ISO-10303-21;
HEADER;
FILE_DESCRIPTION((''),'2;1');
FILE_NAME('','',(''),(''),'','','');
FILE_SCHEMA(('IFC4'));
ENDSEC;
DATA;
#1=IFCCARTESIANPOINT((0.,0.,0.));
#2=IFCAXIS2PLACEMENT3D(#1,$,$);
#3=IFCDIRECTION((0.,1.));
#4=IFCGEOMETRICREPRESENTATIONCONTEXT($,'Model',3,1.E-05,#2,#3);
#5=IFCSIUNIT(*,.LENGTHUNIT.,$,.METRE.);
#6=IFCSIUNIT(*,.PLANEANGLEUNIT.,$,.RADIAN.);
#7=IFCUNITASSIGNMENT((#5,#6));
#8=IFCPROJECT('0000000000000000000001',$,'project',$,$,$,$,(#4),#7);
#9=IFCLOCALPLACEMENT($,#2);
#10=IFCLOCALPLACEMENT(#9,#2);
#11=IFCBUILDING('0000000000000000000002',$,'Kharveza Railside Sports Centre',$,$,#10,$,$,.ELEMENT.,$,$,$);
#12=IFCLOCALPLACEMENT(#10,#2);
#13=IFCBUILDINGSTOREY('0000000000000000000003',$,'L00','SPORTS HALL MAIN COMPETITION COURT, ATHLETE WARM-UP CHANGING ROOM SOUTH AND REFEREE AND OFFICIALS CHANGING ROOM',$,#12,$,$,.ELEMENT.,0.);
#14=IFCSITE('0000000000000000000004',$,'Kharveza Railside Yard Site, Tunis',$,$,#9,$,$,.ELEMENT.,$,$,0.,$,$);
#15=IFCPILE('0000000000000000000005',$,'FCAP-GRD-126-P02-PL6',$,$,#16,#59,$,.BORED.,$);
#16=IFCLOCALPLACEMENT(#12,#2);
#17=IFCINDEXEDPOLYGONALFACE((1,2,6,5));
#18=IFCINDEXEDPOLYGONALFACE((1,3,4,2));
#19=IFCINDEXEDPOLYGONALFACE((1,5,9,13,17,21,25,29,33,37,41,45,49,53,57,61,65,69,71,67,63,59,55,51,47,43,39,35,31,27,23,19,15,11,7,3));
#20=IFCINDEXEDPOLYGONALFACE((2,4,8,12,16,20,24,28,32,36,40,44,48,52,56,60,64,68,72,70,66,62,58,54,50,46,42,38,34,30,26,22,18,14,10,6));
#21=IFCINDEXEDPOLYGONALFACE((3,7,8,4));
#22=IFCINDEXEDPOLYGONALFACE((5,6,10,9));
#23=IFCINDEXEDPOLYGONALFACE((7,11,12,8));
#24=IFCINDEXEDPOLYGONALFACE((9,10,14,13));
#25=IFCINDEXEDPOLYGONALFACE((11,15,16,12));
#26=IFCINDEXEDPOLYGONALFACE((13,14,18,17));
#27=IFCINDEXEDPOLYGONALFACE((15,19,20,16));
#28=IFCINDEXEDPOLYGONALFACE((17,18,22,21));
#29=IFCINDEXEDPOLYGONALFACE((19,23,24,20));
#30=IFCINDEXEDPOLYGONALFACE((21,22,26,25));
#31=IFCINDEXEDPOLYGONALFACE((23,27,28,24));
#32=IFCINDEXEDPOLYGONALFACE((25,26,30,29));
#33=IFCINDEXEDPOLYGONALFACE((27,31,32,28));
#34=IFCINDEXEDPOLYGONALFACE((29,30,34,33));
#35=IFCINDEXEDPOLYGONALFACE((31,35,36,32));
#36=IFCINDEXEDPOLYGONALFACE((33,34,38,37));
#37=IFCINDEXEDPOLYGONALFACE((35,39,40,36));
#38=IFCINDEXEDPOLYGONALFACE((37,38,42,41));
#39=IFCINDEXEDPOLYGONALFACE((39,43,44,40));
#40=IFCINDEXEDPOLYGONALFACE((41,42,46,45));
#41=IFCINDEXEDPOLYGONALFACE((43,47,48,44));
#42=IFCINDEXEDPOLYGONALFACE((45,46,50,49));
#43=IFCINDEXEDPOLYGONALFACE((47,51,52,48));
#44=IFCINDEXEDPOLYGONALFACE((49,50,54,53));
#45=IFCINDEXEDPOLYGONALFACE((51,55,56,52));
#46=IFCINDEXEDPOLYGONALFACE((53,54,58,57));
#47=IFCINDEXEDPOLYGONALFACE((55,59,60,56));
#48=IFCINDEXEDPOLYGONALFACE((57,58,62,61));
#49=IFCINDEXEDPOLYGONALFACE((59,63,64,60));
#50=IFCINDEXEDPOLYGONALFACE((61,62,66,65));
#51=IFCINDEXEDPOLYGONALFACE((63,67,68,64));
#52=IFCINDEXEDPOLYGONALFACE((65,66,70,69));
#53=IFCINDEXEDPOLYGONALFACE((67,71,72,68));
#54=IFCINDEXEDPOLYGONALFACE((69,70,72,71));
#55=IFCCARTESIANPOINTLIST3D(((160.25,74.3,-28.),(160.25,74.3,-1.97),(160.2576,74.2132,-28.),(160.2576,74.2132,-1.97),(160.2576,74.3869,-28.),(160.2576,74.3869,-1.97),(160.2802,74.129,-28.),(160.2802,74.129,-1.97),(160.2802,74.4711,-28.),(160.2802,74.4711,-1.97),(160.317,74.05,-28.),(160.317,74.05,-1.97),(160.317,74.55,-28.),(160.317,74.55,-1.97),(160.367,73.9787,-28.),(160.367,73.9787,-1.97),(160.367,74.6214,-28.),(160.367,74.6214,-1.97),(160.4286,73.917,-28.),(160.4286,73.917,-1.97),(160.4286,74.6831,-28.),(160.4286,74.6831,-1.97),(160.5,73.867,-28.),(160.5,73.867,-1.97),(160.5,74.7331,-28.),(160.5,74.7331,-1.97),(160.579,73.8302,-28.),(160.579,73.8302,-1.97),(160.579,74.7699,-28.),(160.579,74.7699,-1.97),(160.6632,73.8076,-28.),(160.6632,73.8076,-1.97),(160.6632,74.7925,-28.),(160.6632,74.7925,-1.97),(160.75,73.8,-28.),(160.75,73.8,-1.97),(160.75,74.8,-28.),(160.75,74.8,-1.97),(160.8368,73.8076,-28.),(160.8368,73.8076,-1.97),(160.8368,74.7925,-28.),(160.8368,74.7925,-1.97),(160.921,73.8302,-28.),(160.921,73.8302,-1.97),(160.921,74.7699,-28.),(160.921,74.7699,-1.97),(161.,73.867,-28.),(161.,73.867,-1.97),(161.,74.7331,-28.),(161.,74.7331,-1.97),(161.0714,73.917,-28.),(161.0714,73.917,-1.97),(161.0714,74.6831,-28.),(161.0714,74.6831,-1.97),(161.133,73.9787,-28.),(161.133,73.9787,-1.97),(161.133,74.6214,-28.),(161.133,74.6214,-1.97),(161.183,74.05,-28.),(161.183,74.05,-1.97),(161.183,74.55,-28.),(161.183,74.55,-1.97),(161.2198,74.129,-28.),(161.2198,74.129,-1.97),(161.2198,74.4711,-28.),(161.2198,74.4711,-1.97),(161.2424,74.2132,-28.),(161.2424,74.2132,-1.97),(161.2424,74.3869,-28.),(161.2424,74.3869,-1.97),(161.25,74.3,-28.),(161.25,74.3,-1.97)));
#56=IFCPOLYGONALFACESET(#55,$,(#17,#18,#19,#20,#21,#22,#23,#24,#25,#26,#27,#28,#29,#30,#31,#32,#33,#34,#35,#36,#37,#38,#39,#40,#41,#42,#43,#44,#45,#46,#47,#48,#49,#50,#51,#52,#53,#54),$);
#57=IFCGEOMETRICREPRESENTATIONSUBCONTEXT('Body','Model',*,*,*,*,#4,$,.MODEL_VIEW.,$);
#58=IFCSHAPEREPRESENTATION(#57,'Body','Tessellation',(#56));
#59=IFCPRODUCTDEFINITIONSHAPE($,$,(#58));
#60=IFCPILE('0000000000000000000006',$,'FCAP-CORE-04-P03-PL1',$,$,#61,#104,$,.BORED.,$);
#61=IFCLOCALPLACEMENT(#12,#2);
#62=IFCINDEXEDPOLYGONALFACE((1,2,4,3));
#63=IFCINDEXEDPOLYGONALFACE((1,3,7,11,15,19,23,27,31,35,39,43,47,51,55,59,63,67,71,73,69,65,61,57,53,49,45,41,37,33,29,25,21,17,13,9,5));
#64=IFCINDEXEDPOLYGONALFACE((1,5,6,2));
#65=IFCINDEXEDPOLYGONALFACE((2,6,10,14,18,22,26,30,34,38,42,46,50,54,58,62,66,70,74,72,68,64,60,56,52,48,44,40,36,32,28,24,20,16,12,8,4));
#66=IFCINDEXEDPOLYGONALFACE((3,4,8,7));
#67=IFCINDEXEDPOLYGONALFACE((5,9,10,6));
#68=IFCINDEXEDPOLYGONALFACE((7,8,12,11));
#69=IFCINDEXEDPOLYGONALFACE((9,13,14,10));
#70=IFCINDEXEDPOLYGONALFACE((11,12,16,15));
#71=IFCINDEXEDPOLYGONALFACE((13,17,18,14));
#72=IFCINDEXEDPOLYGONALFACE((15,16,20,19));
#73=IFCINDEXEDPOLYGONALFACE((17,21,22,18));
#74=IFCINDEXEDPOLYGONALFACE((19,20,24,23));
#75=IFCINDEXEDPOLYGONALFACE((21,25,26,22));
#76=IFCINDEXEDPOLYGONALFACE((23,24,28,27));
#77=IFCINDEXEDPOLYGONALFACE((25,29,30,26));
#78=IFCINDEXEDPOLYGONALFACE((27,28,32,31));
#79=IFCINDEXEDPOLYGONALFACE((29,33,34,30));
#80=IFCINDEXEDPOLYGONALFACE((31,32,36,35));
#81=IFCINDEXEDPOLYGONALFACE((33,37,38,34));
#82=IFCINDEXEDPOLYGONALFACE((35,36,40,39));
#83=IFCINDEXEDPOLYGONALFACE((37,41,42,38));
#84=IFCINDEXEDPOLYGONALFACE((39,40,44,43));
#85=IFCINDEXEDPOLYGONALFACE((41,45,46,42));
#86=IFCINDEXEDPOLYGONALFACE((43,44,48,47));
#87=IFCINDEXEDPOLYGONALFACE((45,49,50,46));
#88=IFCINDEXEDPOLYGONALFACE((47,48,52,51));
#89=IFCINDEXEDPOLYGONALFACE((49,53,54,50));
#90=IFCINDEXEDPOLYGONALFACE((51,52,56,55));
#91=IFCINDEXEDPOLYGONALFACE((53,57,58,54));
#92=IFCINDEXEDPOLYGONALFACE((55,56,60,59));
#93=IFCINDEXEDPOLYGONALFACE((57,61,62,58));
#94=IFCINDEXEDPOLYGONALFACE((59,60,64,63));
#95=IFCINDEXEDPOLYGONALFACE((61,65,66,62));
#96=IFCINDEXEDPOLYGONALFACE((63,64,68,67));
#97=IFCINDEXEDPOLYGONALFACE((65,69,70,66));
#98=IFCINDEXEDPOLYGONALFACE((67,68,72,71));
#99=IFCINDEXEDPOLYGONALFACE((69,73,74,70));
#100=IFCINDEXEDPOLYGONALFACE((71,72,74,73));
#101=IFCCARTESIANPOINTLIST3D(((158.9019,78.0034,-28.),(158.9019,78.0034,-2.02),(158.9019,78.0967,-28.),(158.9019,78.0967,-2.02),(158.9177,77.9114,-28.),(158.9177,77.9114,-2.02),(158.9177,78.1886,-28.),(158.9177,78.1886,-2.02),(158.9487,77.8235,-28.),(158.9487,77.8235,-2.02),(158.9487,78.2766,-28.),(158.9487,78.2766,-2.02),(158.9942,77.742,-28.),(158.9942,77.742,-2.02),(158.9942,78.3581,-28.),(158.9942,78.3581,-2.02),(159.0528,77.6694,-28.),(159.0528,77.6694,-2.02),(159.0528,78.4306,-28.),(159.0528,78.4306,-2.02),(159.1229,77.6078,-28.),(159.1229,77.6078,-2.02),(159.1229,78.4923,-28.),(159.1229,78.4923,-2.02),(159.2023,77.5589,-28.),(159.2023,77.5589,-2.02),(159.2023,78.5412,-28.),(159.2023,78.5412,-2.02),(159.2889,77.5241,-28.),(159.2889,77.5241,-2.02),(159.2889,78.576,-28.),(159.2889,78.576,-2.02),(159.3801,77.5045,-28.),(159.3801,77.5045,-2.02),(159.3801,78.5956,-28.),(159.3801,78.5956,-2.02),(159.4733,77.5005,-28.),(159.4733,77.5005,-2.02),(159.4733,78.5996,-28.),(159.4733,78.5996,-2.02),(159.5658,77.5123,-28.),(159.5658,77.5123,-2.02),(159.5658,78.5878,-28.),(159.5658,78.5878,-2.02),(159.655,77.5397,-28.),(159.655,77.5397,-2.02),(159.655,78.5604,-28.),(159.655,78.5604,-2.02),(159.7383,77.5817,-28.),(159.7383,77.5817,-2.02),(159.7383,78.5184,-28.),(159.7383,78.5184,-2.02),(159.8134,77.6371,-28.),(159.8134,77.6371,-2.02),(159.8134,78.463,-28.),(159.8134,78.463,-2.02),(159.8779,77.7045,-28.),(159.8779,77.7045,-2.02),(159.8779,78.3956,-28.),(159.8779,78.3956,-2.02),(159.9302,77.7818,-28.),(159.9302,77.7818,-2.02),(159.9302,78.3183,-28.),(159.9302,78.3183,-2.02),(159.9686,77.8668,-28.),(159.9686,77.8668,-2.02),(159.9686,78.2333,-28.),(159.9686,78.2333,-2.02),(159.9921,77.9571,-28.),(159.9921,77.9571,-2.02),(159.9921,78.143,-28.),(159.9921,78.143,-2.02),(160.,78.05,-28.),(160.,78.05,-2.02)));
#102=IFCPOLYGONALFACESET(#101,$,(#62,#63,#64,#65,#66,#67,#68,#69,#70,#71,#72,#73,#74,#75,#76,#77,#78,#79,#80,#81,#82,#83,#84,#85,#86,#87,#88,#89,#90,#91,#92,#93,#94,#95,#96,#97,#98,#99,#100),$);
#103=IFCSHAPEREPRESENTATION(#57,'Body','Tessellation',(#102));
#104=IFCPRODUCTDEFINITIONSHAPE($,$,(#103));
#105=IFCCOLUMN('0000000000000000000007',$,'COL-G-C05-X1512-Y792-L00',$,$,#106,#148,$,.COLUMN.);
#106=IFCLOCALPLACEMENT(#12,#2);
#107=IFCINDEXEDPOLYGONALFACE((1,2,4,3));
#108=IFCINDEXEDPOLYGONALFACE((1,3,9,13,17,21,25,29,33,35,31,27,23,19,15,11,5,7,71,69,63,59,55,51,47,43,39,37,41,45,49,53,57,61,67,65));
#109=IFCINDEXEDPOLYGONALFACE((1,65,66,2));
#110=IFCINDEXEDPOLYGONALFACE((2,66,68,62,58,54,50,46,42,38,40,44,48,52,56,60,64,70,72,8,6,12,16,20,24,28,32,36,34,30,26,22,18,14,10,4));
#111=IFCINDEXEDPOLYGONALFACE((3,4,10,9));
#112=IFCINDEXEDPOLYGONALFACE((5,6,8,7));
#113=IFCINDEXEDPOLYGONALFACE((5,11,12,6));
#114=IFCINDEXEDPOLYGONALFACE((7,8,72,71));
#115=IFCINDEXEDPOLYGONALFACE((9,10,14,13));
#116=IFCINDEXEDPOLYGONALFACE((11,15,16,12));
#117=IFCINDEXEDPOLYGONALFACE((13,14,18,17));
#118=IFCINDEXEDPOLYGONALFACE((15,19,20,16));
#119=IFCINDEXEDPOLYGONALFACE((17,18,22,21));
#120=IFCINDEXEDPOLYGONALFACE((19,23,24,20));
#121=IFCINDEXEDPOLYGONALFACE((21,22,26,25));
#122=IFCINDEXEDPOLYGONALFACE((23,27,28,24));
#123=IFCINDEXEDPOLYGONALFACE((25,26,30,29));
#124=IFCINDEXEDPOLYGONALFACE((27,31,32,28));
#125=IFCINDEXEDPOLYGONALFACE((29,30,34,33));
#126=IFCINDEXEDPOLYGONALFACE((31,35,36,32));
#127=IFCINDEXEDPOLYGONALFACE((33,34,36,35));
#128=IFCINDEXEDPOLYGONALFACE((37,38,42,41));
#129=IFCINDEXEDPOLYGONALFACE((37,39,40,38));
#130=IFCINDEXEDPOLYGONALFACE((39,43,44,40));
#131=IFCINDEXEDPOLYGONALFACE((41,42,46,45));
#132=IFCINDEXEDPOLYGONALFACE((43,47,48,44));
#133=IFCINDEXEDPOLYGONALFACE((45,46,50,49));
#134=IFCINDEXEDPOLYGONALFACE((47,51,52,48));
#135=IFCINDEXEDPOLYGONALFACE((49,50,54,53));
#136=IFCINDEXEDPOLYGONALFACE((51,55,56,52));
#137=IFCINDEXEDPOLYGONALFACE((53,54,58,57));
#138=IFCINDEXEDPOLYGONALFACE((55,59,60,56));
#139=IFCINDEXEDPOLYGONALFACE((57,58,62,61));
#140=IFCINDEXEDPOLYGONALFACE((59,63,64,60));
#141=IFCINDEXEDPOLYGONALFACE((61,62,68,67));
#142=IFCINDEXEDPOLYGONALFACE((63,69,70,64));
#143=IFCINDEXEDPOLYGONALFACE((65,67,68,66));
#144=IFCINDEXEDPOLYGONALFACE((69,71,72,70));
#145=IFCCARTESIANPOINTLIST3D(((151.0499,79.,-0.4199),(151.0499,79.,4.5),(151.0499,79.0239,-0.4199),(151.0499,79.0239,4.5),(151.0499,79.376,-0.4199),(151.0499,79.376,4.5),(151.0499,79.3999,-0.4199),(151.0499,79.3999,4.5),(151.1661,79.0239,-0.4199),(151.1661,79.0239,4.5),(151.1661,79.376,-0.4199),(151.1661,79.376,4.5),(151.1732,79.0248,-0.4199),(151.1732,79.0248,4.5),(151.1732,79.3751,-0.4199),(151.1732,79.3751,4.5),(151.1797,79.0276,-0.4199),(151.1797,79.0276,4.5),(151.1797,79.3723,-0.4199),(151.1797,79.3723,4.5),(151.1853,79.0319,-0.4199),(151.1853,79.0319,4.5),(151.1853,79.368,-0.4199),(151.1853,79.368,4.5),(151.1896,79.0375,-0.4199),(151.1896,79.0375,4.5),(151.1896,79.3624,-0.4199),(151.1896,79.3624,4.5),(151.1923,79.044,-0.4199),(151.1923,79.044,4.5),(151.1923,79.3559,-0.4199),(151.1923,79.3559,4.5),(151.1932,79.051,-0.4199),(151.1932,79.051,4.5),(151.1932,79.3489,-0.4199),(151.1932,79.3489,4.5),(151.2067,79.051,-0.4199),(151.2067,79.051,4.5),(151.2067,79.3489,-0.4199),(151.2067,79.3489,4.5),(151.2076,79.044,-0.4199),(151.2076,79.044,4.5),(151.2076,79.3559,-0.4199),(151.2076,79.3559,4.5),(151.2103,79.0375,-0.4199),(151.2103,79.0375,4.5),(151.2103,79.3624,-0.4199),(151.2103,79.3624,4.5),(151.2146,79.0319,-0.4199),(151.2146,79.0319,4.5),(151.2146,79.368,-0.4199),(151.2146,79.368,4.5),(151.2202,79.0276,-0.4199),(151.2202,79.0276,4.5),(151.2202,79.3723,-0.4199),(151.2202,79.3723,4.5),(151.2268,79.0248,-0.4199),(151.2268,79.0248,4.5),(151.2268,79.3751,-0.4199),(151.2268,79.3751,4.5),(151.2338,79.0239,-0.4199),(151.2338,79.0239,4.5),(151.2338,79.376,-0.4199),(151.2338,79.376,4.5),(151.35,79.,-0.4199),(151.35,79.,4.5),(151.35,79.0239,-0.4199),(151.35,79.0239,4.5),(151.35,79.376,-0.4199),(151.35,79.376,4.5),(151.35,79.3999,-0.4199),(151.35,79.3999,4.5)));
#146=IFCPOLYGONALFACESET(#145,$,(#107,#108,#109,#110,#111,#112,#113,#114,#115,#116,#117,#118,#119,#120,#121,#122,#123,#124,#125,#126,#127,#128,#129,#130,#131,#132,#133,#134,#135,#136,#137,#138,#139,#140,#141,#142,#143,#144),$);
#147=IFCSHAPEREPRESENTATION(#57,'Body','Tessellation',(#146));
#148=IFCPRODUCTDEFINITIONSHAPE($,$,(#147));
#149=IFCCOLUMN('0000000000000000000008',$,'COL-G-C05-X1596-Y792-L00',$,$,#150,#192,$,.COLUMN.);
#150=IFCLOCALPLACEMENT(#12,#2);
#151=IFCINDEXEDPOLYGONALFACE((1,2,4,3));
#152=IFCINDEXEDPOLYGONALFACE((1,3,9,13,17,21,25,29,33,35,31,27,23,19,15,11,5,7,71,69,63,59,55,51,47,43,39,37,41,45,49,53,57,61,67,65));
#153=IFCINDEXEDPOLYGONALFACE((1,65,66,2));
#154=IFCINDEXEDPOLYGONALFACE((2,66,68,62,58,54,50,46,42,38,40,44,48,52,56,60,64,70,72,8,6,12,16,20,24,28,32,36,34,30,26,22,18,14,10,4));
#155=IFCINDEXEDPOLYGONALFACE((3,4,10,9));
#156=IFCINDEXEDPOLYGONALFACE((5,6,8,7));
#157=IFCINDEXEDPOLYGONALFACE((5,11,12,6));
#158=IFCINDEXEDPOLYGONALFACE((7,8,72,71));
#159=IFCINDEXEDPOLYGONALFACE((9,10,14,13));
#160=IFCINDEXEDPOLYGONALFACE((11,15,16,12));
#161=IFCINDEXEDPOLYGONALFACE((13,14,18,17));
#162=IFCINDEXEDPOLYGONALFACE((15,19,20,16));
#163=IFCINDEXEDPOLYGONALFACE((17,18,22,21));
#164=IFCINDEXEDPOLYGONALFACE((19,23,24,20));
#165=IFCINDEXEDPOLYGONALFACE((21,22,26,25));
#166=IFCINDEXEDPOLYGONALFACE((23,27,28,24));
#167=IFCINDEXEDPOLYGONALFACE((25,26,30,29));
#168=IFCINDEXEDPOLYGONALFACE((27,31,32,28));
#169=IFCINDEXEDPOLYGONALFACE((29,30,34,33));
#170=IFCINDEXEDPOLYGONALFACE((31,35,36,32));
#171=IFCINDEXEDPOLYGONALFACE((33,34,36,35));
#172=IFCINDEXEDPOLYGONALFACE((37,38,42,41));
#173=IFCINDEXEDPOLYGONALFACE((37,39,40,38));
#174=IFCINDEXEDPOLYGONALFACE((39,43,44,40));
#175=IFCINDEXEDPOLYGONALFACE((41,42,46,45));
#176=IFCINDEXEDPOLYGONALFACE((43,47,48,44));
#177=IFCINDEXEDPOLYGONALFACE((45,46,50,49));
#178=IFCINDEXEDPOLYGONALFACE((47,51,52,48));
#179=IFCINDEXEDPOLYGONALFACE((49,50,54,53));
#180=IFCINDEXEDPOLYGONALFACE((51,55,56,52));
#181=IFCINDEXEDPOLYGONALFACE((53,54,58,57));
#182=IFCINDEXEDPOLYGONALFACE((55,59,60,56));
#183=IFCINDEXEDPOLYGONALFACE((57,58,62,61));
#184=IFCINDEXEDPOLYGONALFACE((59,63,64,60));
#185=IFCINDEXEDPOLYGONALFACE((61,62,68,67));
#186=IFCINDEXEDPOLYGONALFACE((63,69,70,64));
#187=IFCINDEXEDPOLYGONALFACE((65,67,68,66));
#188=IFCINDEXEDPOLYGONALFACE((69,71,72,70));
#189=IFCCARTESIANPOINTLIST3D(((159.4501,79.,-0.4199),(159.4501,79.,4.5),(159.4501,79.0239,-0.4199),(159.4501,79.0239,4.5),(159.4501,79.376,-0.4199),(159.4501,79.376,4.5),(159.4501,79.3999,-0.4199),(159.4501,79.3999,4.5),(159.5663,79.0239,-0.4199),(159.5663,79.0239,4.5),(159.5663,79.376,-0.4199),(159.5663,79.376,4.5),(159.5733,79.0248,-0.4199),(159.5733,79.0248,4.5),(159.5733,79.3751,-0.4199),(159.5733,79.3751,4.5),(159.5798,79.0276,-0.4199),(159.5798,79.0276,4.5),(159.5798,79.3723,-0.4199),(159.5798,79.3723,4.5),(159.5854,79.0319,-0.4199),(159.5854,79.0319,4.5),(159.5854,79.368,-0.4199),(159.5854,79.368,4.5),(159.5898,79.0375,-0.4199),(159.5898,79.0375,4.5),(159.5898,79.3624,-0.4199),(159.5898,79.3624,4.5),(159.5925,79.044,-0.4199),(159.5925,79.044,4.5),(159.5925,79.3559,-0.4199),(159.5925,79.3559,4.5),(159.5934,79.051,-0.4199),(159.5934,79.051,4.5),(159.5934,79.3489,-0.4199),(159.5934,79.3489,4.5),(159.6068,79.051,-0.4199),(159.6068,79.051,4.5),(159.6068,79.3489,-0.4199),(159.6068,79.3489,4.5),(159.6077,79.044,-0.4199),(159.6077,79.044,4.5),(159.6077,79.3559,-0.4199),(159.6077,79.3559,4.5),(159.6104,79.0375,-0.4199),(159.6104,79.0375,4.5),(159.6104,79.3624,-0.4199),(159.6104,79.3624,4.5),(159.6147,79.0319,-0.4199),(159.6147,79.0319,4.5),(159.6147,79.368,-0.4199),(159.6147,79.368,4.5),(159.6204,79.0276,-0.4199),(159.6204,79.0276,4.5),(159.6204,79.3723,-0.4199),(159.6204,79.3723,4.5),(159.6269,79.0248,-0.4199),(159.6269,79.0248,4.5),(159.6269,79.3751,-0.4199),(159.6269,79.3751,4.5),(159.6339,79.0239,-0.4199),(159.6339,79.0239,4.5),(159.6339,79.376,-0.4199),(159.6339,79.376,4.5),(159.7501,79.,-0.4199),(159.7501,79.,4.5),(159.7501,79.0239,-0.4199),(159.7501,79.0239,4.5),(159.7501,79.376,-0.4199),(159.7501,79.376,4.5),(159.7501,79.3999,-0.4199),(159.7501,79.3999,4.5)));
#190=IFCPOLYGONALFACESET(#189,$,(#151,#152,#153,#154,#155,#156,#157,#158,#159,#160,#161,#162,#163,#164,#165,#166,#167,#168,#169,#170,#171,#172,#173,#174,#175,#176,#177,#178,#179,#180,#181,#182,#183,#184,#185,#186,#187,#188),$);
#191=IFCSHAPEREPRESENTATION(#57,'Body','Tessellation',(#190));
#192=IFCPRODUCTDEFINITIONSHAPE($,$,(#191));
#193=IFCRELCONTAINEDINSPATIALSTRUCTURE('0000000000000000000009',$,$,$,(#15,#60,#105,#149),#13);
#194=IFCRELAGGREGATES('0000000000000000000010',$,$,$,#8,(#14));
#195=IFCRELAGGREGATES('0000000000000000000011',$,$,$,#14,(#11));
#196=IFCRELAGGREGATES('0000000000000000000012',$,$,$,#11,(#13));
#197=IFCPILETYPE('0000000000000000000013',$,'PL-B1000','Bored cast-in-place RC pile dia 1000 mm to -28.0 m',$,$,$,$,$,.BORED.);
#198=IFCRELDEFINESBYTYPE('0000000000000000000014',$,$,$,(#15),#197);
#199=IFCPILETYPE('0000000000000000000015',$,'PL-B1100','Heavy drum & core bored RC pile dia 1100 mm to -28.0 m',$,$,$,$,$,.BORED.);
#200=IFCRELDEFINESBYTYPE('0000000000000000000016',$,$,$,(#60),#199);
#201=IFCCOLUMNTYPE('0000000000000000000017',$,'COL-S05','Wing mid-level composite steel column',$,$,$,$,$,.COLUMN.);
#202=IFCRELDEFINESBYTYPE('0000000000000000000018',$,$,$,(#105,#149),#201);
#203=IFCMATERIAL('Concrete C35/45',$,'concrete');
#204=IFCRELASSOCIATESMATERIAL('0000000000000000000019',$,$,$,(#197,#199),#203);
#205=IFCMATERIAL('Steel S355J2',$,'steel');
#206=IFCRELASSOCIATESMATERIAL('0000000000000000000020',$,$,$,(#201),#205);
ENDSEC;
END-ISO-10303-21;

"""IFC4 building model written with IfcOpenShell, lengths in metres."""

from ifc_helpers import new_model, si_unit, direction, frame, origin, origin_2d, place, context, subcontext, project, spatial, circle, i_section, extrude, material, material_profile, profile_set, type_object, element, save


model = new_model("IFC4")

# Units and contexts
model_context = context("Model", 3, precision=1e-05, world=origin(), true_north=direction((0.0, 1.0)))
body_context = subcontext(model_context, "Body", "Model", "MODEL_VIEW")
ifc_project = project(units=[si_unit("LENGTHUNIT", "METRE"), si_unit("PLANEANGLEUNIT", "RADIAN")], contexts=[model_context])

# Site, building, storey
site_placement = place(None, origin())
site = spatial("IfcSite", under=ifc_project, at=site_placement, Name="Kharveza Railside Yard Site, Tunis", CompositionType="ELEMENT", RefElevation=0.0)
building_placement = place(site_placement, origin())
building = spatial("IfcBuilding", under=site, at=building_placement, Name="Kharveza Railside Sports Centre", CompositionType="ELEMENT")
storey_placement = place(building_placement, origin())
storey = spatial("IfcBuildingStorey", under=building, at=storey_placement, Name="L00", Description="SPORTS HALL MAIN COMPETITION COURT, ATHLETE WARM-UP CHANGING ROOM SOUTH AND REFEREE AND OFFICIALS CHANGING ROOM", CompositionType="ELEMENT", Elevation=0.0)

# Shared definitions
ifc_material_1 = material(Name="Concrete C35/45", Category="concrete")

# Piles
ifc_material_profile_1 = material_profile(ifc_material_1, circle(Radius=0.5, at=origin_2d()), Name="PILE D1000")
ifc_profile_set_1 = profile_set([ifc_material_profile_1], Name="Concrete C35/45")
pile_type_1 = type_object("IfcPileType", Name="PL-B1000", Description="Bored cast-in-place RC pile dia 1000 mm to -28.0 m", PredefinedType="BORED", material=ifc_profile_set_1)
for number, where, z_axis, x_axis, name in (
    (1, (160.75, 74.3, -1.97), (0.0, 0.0, -1.0), (1.0, 0.0, 0.0), "FCAP-GRD-126-P02-PL6"),
):
    element("IfcPile", number, at=place(storey_placement, frame(where, z_axis=z_axis, x_axis=x_axis)), inside=storey, type_object=pile_type_1, Name=name, PredefinedType="BORED", context=body_context, shape_type="SweptSolid", body=[
        extrude(circle(Radius=0.5, at=origin_2d()), origin(), (0.0, 0.0, 1.0), 26.03),
    ])
ifc_material_profile_2 = material_profile(ifc_material_1, circle(Radius=0.55, at=origin_2d()), Name="PILE D1100")
ifc_profile_set_2 = profile_set([ifc_material_profile_2], Name="Concrete C35/45")
pile_type_2 = type_object("IfcPileType", Name="PL-B1100", Description="Heavy drum & core bored RC pile dia 1100 mm to -28.0 m", PredefinedType="BORED", material=ifc_profile_set_2)
pile_placement = place(storey_placement, frame((159.45, 78.05, -2.02), z_axis=(0.0, 0.0, -1.0), x_axis=(1.0, 0.0, 0.0)))
element("IfcPile", 2, at=pile_placement, inside=storey, type_object=pile_type_2, Name="FCAP-CORE-04-P03-PL1", PredefinedType="BORED", context=body_context, shape_type="SweptSolid", body=[
    extrude(circle(Radius=0.55, at=origin_2d()), origin(), (0.0, 0.0, 1.0), 25.98),
])

# Columns
ifc_material_2 = material(Name="Steel S355J2", Category="steel")
ifc_material_profile_3 = material_profile(ifc_material_2, i_section(OverallWidth=0.3, OverallDepth=0.3999, WebThickness=0.0134, FlangeThickness=0.0239, FilletRadius=0.0271, at=origin_2d()), Name="HEB 400")
ifc_profile_set_3 = profile_set([ifc_material_profile_3], Name="Steel S355J2")
column_type = type_object("IfcColumnType", Name="COL-S05", Description="Wing mid-level composite steel column", PredefinedType="COLUMN", material=ifc_profile_set_3)
for number, where, z_axis, x_axis, name in (
    (3, (151.2, 79.2, -0.4199), (0.0, 0.0, 1.0), (1.0, 0.0, 0.0), "COL-G-C05-X1512-Y792-L00"),
    (4, (159.6001, 79.2, -0.4199), (0.0, 0.0, 1.0), (1.0, 0.0, 0.0), "COL-G-C05-X1596-Y792-L00"),
):
    element("IfcColumn", number, at=place(storey_placement, frame(where, z_axis=z_axis, x_axis=x_axis)), inside=storey, type_object=column_type, Name=name, PredefinedType="COLUMN", context=body_context, shape_type="SweptSolid", body=[
        extrude(i_section(OverallWidth=0.3, OverallDepth=0.3999, WebThickness=0.0134, FlangeThickness=0.0239, FilletRadius=0.0271, at=origin_2d()), origin(), (0.0, 0.0, 1.0), 4.9199),
    ])

save(model, "model.ifc")
